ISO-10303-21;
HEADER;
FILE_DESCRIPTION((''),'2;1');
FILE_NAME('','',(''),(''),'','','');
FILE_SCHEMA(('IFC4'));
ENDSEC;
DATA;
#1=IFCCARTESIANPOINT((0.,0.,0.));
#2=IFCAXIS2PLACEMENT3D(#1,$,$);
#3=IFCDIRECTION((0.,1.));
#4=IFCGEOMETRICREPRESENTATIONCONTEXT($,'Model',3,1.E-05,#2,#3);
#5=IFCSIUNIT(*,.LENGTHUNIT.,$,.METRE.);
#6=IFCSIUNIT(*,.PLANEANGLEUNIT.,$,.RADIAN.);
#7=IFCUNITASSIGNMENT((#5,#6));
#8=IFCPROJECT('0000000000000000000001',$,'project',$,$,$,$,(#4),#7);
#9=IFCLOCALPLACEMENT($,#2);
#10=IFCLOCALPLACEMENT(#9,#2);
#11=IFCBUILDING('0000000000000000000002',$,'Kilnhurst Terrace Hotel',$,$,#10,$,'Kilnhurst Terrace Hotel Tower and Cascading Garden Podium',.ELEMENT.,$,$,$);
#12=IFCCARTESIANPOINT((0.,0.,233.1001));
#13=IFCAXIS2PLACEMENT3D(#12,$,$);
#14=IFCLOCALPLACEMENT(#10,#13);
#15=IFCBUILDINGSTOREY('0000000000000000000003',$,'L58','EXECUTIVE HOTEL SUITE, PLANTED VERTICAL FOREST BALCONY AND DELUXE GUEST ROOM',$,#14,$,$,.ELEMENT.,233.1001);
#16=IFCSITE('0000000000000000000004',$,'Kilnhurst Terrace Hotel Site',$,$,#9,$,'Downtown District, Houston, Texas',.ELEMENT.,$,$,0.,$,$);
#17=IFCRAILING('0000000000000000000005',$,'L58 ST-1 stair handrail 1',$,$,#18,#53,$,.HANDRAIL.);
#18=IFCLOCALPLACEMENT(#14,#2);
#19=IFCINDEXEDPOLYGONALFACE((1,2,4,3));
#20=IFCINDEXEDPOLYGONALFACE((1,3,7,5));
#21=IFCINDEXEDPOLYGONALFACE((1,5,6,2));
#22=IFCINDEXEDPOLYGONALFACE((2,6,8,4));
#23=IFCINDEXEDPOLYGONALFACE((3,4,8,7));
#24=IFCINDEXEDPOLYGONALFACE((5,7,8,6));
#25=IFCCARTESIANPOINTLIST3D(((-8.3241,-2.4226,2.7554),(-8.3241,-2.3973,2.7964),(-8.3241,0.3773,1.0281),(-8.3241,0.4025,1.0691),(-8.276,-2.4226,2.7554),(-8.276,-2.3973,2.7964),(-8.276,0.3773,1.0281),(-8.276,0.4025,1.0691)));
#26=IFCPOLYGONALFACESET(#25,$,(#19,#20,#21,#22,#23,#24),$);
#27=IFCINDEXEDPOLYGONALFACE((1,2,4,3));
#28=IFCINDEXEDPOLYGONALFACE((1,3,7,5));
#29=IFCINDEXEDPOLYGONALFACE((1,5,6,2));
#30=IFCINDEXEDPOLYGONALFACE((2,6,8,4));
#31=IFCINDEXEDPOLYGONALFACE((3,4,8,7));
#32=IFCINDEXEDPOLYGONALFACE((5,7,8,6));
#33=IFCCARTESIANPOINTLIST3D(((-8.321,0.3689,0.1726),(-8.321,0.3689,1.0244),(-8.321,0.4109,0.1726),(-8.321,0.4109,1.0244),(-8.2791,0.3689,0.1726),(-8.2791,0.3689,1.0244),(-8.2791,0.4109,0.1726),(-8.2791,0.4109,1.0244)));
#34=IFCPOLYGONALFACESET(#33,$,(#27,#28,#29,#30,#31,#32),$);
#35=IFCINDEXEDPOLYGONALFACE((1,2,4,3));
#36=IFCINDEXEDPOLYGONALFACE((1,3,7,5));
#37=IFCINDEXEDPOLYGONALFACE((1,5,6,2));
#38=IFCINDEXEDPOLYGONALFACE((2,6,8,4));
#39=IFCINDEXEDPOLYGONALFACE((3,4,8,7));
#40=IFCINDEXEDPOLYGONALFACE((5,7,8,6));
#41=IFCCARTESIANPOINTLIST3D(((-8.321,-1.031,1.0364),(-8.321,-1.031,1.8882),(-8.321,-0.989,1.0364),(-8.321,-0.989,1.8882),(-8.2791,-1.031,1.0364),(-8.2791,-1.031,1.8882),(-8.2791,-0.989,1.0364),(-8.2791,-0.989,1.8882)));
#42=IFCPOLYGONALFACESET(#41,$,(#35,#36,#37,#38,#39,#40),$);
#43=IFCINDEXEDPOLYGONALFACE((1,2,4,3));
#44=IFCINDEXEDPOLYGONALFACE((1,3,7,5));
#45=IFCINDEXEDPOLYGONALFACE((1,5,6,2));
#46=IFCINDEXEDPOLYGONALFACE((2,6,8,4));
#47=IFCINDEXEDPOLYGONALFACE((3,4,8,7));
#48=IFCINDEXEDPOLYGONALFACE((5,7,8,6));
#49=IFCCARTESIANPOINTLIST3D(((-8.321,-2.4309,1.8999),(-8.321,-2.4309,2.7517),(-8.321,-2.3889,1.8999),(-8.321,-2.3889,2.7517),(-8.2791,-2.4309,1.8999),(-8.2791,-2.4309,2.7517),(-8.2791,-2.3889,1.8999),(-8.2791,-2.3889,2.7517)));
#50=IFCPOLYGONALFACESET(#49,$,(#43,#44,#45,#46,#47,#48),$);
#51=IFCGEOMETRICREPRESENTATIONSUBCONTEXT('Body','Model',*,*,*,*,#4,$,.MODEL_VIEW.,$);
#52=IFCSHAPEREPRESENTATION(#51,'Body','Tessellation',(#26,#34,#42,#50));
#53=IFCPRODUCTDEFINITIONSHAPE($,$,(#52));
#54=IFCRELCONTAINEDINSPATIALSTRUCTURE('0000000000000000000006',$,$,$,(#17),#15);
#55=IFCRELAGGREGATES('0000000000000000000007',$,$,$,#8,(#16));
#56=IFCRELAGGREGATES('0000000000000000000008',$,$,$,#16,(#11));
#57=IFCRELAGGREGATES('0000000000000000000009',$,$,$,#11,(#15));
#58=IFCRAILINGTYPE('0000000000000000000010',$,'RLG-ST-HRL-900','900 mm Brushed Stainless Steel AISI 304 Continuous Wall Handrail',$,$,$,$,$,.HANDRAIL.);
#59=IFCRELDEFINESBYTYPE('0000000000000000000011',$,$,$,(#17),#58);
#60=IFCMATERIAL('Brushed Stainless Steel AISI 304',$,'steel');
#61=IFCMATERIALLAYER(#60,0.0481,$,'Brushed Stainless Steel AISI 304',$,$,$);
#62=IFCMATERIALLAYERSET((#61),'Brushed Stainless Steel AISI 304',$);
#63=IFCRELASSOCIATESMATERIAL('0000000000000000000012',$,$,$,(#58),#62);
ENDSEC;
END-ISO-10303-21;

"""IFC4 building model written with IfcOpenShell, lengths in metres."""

from ifc_helpers import new_model, si_unit, direction, frame, origin, origin_2d, place, context, subcontext, project, spatial, rectangle, extrude, material, layer, layer_set, type_object, element, save


model = new_model("IFC4")

# Units and contexts
model_context = context("Model", 3, precision=1e-05, world=origin(), true_north=direction((0.0, 1.0)))
body_context = subcontext(model_context, "Body", "Model", "MODEL_VIEW")
ifc_project = project(units=[si_unit("LENGTHUNIT", "METRE"), si_unit("PLANEANGLEUNIT", "RADIAN")], contexts=[model_context])

# Site, building, storey
site_placement = place(None, origin())
site = spatial("IfcSite", under=ifc_project, at=site_placement, Name="Kilnhurst Terrace Hotel Site", LongName="Downtown District, Houston, Texas", CompositionType="ELEMENT", RefElevation=0.0)
building_placement = place(site_placement, origin())
building = spatial("IfcBuilding", under=site, at=building_placement, Name="Kilnhurst Terrace Hotel", LongName="Kilnhurst Terrace Hotel Tower and Cascading Garden Podium", CompositionType="ELEMENT")
storey_placement = place(building_placement, frame((0.0, 0.0, 233.1001)))
storey = spatial("IfcBuildingStorey", under=building, at=storey_placement, Name="L58", Description="EXECUTIVE HOTEL SUITE, PLANTED VERTICAL FOREST BALCONY AND DELUXE GUEST ROOM", CompositionType="ELEMENT", Elevation=233.1001)

# Railing
ifc_material_1 = material(Name="Brushed Stainless Steel AISI 304", Category="steel")
ifc_layer_1 = layer(ifc_material_1, 0.0481, Name="Brushed Stainless Steel AISI 304")
ifc_layer_set_1 = layer_set([ifc_layer_1], Name="Brushed Stainless Steel AISI 304")
railing_type_1 = type_object("IfcRailingType", Name="RLG-ST-HRL-900", Description="900 mm Brushed Stainless Steel AISI 304 Continuous Wall Handrail", PredefinedType="HANDRAIL", material=ifc_layer_set_1)
railing_1_placement = place(storey_placement, frame((-8.3, 0.3899, 0.1726)))
element("IfcRailing", 1, at=railing_1_placement, inside=storey, type_object=railing_type_1, Name="L58 ST-1 stair handrail 1", PredefinedType="HANDRAIL", context=body_context, shape_type="SweptSolid", body=[
    extrude(rectangle(XDim=0.0481, YDim=0.0481, at=origin_2d()), frame((0.0, 0.0, 0.876), z_axis=(0.0, -0.851069, 0.525054), x_axis=(1.0, 0.0, 0.0)), (0.0, 0.0, 1.0), 3.2898),
    extrude(rectangle(XDim=0.042, YDim=0.042, at=origin_2d()), origin(), (0.0, 0.0, 1.0), 0.8518),
    extrude(rectangle(XDim=0.042, YDim=0.042, at=origin_2d()), frame((0.0, -1.3999, 0.8638)), (0.0, 0.0, 1.0), 0.8518),
    extrude(rectangle(XDim=0.042, YDim=0.042, at=origin_2d()), frame((0.0, -2.7998, 1.7273)), (0.0, 0.0, 1.0), 0.8518),
])

save(model, "model.ifc")
